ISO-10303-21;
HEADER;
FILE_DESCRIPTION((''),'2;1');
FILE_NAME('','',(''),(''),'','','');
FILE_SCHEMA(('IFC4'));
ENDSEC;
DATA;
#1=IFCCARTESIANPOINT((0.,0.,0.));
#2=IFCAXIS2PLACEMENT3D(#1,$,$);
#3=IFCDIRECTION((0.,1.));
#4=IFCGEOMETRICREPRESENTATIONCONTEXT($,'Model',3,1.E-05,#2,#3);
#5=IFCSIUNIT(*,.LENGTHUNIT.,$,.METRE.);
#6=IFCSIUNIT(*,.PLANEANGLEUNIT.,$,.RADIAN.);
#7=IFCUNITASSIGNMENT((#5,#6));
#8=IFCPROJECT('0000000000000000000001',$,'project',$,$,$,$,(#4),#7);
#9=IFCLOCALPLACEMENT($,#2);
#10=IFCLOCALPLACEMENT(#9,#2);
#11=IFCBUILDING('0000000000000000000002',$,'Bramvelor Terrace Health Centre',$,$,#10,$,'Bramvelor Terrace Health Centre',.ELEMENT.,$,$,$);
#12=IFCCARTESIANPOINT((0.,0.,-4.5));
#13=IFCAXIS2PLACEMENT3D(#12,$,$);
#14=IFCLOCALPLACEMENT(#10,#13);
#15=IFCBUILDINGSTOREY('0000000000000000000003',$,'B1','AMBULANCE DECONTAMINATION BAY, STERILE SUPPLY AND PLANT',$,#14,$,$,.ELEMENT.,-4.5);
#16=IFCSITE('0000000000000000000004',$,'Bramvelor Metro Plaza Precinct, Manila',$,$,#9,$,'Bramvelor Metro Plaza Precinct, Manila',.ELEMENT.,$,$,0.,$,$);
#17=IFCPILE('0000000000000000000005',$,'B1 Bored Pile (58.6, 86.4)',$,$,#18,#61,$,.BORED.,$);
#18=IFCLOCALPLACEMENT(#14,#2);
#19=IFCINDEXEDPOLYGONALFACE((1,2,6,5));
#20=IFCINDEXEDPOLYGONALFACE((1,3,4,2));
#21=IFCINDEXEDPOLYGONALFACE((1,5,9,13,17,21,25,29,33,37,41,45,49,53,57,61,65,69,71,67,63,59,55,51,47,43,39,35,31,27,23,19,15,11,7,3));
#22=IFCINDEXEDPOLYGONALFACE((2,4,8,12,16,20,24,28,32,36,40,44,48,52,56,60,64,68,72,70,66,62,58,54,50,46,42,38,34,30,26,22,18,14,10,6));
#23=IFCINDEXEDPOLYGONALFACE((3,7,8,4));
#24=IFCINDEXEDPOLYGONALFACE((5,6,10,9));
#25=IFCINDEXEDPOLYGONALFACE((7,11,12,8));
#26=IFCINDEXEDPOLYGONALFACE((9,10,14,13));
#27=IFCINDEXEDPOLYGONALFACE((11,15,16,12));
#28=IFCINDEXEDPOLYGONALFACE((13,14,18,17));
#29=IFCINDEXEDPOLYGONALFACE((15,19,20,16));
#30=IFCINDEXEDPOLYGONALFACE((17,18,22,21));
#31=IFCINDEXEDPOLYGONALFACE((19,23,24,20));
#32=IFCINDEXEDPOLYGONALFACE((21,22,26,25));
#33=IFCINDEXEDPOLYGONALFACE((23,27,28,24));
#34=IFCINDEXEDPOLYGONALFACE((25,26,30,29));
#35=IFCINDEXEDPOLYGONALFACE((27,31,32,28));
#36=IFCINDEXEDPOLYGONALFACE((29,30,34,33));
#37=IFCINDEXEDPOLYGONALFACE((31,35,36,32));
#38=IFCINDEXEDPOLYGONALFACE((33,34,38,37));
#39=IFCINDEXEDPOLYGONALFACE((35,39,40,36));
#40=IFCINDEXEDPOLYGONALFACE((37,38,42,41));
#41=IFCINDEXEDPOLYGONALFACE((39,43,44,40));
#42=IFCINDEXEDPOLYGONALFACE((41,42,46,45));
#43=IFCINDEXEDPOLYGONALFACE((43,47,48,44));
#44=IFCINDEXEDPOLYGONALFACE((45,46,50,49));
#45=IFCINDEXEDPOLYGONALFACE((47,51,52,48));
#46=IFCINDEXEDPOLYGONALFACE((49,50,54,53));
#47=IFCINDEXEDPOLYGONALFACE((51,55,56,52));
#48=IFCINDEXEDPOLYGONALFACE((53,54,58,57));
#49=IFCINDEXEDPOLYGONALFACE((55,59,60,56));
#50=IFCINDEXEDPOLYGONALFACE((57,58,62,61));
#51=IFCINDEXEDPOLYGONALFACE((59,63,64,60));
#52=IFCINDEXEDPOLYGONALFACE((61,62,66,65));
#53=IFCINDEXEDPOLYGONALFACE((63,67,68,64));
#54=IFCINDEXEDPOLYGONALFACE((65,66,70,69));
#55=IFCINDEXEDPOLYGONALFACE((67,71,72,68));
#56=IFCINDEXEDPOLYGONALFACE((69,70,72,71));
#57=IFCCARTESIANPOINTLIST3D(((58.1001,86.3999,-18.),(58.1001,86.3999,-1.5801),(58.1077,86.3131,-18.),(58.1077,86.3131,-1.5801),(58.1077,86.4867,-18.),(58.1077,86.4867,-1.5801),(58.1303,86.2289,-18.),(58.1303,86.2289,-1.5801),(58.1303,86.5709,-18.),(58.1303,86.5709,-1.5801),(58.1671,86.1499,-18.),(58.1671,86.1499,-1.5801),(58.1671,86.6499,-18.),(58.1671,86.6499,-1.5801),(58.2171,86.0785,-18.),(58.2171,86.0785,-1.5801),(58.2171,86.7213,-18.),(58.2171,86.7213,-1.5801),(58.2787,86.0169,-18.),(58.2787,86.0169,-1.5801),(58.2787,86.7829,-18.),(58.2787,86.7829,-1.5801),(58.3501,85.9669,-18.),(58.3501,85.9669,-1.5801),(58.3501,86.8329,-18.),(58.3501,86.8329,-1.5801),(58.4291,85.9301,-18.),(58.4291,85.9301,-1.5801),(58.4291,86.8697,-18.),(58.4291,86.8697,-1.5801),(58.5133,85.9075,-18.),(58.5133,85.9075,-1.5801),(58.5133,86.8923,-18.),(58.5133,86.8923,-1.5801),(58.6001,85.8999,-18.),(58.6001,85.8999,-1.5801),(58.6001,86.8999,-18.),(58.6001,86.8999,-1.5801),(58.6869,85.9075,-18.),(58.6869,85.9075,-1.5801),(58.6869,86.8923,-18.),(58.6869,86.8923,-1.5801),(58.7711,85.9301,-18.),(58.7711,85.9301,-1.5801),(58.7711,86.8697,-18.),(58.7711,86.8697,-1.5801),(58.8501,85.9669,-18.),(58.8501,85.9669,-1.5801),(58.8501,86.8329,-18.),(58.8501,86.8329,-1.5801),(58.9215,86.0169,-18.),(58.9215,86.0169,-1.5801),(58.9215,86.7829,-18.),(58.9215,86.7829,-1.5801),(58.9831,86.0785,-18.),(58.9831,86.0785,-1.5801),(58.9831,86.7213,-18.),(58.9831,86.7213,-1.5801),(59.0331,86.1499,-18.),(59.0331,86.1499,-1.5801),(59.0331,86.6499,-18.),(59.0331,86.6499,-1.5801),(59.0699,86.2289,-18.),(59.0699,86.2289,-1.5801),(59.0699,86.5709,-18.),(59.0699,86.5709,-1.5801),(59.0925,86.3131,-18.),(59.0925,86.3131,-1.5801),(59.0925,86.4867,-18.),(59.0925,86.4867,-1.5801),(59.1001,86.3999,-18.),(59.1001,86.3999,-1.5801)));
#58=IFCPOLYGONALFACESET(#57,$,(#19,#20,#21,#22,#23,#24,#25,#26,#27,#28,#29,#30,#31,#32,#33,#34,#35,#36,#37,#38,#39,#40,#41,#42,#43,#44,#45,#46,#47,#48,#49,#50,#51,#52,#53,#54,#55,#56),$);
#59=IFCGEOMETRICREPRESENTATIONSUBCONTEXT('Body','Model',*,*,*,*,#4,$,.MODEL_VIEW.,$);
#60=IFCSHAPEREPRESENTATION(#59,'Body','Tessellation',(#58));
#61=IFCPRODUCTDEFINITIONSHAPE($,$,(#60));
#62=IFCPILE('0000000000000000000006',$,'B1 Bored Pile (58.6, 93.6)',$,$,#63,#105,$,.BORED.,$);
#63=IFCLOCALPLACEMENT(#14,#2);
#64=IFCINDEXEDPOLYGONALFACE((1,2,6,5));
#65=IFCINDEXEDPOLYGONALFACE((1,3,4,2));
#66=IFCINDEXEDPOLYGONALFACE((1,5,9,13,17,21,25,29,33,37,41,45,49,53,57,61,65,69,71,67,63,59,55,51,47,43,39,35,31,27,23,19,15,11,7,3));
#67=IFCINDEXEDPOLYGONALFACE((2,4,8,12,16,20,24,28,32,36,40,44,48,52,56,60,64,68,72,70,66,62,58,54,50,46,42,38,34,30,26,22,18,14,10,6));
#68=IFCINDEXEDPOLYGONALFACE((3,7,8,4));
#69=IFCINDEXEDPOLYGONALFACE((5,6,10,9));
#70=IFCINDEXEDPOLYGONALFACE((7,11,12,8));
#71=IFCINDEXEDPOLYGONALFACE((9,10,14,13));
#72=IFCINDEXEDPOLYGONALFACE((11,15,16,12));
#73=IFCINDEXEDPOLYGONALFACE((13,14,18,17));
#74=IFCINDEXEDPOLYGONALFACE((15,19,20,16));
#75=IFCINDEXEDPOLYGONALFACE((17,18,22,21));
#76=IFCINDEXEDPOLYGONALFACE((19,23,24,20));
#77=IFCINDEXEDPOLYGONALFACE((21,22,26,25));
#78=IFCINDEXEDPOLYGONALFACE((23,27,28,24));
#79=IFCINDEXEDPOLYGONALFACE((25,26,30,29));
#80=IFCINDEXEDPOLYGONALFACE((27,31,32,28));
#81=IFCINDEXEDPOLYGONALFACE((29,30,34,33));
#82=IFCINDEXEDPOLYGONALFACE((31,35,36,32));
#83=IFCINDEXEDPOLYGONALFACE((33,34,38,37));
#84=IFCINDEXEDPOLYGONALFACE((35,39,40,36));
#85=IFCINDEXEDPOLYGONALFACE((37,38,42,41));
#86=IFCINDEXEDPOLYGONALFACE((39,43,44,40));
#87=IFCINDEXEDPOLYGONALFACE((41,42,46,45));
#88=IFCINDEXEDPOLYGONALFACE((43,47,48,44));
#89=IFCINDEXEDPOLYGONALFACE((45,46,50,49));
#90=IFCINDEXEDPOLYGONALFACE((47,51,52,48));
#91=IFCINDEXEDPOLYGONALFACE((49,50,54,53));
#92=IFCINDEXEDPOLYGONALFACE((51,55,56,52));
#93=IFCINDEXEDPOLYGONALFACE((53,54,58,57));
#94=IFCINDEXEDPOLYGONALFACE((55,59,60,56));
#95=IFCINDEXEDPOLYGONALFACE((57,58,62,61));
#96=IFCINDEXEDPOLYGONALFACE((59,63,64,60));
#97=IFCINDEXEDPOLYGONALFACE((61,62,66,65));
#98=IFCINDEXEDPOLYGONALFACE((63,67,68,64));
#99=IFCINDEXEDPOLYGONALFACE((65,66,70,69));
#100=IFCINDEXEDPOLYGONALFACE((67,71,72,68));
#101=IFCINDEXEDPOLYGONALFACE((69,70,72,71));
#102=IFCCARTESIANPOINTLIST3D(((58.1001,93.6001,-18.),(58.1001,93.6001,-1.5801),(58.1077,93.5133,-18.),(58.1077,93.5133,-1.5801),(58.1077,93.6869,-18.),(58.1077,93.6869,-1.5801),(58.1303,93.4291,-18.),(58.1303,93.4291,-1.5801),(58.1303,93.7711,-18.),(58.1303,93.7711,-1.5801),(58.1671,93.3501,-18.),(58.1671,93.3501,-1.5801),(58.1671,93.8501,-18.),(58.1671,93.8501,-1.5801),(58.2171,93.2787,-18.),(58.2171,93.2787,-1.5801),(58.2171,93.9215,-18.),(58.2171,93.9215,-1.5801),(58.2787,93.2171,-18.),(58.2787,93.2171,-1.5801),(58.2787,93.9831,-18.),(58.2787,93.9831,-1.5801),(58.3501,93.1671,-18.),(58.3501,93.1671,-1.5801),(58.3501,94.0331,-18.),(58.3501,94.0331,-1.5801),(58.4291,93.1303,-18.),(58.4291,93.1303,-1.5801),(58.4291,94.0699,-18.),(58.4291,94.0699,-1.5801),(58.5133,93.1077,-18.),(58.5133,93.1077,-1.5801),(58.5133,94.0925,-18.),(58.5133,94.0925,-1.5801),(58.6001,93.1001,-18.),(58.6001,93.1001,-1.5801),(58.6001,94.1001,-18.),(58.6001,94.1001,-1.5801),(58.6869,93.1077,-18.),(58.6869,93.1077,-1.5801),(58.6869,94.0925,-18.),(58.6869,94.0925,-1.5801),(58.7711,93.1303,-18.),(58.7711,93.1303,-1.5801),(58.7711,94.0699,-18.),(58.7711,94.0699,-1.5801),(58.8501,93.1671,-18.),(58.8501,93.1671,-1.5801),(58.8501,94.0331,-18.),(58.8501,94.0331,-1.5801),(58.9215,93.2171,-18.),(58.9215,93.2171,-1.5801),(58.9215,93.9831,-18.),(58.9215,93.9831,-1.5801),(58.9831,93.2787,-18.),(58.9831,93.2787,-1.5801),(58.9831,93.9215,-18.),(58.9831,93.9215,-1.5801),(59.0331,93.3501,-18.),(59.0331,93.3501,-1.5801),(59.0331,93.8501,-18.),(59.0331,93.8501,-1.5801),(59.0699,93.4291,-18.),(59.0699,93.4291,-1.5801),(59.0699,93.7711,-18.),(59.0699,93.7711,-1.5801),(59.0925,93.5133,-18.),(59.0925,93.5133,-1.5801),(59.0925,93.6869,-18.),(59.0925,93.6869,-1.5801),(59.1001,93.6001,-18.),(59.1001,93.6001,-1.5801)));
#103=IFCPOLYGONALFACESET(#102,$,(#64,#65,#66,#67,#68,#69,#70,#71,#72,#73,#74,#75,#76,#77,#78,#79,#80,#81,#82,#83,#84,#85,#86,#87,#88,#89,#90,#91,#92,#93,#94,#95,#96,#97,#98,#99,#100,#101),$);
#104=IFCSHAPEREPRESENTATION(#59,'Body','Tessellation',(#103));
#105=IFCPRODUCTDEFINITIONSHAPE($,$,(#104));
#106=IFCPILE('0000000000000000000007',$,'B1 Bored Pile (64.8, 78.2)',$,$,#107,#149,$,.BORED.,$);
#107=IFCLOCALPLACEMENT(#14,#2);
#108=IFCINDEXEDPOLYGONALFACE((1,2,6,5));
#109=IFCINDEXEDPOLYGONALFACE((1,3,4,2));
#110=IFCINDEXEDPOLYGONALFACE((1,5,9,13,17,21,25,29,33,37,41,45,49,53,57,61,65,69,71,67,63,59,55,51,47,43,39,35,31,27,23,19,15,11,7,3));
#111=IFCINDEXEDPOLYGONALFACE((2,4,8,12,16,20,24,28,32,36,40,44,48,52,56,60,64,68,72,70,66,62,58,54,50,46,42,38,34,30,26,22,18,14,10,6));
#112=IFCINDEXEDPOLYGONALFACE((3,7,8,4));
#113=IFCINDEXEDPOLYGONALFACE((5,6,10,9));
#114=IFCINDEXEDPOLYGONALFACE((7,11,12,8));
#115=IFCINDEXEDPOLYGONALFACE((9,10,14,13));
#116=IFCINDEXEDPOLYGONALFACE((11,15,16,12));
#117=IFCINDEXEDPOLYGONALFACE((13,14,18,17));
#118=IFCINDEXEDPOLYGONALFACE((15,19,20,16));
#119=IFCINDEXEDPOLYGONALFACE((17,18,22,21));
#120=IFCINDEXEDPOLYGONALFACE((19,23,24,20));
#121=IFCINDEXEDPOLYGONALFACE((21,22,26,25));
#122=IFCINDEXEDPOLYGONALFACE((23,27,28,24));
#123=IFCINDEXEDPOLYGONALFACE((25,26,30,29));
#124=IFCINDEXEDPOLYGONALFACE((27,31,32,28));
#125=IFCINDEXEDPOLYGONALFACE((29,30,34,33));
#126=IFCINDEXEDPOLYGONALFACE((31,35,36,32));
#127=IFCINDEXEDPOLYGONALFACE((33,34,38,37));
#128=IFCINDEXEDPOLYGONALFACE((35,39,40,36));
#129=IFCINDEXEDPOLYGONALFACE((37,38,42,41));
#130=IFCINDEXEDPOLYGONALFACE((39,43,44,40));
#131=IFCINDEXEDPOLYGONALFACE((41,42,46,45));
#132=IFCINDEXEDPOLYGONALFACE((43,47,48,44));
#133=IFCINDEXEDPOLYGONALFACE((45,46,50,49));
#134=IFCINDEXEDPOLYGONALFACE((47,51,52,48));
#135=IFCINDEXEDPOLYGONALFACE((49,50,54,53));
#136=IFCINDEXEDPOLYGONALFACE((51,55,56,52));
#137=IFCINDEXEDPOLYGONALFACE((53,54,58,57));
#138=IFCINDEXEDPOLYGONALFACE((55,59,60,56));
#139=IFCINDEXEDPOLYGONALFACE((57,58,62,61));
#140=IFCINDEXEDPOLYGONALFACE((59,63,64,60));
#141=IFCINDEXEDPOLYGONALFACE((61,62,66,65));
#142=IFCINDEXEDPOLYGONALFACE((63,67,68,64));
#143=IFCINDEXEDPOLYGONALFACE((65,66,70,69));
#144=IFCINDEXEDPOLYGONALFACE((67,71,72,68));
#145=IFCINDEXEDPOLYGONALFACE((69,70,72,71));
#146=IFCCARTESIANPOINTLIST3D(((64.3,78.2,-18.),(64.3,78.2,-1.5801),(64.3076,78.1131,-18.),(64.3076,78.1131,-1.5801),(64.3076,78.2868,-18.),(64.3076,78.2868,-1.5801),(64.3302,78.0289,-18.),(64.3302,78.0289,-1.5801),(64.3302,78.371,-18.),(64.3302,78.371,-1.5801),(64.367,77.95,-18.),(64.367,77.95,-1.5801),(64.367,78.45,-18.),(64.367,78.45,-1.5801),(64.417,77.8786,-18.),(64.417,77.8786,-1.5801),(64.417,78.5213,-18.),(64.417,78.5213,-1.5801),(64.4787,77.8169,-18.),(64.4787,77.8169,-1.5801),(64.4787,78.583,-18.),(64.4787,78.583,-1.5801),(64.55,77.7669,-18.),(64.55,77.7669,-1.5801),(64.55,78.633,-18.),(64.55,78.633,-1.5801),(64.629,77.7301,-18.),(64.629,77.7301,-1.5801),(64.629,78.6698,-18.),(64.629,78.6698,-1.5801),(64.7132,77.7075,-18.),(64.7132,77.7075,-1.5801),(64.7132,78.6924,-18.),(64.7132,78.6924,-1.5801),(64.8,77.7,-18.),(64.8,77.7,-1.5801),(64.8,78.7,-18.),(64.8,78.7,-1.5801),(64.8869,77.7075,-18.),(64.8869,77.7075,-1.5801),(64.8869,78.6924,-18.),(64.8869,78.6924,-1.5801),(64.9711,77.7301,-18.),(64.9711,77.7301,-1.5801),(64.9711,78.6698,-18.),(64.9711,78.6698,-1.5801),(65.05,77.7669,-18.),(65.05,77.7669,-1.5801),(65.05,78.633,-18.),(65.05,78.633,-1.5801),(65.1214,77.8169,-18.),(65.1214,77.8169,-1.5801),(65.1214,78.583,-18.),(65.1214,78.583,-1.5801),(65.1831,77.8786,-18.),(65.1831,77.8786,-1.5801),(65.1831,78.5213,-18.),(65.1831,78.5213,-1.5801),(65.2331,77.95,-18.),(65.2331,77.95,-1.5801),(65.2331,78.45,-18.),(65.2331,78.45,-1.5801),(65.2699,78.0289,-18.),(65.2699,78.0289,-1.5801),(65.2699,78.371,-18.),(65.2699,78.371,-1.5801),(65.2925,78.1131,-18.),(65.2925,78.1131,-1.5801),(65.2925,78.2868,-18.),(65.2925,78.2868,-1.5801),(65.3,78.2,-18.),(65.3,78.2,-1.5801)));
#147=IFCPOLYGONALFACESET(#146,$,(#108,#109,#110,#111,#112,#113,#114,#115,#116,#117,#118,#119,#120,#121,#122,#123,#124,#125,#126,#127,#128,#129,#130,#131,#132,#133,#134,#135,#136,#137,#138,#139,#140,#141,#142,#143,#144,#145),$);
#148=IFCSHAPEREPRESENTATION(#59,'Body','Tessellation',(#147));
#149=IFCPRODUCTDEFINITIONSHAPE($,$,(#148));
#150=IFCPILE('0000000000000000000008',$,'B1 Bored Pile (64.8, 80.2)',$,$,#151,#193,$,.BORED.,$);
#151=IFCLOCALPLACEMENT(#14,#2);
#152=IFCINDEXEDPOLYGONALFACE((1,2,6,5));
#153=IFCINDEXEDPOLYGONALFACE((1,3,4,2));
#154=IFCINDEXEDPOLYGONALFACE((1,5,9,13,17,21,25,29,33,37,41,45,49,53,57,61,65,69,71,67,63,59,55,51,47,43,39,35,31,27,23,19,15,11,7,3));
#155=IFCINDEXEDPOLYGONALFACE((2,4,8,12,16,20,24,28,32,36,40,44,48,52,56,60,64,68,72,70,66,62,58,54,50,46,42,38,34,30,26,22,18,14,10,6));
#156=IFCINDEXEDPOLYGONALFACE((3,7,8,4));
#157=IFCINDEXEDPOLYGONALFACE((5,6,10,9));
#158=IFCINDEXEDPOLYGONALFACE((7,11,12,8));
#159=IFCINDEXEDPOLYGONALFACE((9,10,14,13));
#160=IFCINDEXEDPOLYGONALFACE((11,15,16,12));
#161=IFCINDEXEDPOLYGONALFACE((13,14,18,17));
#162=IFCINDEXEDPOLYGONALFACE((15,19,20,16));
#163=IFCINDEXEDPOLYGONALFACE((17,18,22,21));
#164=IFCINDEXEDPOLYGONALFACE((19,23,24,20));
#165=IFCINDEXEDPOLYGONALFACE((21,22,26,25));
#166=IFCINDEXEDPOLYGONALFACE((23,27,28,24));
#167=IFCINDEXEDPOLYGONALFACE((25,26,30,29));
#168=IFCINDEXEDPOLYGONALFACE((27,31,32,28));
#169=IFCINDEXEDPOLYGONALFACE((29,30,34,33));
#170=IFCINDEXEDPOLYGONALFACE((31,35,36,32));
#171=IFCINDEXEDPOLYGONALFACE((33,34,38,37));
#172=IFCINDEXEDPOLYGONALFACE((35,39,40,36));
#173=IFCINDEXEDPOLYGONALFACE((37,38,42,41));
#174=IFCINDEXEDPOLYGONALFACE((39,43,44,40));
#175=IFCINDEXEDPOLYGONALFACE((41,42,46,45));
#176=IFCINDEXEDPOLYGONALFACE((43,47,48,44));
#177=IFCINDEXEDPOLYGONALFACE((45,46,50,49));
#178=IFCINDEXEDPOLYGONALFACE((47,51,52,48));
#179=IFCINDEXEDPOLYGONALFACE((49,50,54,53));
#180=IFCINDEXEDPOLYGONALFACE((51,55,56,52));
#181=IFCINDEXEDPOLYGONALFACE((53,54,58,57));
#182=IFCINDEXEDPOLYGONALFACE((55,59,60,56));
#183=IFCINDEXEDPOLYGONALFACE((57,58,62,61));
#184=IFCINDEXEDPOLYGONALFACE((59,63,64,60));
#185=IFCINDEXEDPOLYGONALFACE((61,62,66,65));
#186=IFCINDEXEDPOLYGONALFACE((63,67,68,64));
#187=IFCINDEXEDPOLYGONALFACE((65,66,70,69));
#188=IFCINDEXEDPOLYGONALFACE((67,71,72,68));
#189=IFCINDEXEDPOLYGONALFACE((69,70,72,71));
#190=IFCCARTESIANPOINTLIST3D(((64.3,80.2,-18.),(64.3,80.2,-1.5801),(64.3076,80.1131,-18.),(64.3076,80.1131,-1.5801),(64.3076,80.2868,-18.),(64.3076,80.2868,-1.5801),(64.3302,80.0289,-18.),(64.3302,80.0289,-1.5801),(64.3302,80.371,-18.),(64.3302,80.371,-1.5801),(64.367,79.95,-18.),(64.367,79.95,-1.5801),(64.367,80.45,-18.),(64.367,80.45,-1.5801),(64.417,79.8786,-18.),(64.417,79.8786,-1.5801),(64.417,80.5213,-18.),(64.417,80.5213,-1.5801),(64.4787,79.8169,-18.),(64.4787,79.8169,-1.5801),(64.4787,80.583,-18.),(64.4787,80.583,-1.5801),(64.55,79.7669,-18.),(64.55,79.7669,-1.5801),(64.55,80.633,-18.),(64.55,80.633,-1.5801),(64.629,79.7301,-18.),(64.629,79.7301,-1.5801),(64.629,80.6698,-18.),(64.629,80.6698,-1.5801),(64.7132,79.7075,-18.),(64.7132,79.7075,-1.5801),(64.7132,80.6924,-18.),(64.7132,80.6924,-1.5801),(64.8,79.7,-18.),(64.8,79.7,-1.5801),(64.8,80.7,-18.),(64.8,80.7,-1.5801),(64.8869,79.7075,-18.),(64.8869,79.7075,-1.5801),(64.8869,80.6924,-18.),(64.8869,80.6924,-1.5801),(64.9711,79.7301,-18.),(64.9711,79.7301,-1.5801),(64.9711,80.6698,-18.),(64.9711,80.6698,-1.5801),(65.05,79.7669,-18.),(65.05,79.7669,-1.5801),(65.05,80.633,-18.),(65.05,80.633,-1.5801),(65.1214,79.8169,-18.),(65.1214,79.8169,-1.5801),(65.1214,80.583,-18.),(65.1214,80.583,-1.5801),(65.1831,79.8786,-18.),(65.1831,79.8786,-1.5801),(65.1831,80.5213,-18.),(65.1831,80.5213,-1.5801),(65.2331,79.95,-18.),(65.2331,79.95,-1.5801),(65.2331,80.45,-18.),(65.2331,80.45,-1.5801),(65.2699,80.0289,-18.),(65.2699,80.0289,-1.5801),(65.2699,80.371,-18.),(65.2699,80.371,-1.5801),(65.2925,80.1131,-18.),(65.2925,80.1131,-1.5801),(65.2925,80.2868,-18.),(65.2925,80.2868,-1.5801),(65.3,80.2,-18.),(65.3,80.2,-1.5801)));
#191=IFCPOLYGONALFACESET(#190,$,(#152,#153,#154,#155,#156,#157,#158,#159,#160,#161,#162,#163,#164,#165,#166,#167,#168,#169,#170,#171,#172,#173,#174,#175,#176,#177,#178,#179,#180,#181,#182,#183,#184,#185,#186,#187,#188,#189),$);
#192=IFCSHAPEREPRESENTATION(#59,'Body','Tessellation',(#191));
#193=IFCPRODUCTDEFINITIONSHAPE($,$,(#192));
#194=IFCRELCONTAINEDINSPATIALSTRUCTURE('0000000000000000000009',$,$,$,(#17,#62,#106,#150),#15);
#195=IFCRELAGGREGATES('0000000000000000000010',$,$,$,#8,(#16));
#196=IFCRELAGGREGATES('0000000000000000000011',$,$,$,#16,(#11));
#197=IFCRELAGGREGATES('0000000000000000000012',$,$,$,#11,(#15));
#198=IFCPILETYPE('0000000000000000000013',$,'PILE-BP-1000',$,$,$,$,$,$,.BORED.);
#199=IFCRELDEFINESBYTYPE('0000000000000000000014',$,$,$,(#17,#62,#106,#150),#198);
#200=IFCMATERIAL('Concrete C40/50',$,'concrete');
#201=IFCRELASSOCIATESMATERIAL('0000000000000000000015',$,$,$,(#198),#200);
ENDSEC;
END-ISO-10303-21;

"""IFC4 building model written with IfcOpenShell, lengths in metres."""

from ifc_helpers import new_model, si_unit, direction, frame, origin, origin_2d, place, context, subcontext, project, spatial, circle, extrude, material, material_profile, profile_set, type_object, element, save


model = new_model("IFC4")

# Units and contexts
model_context = context("Model", 3, precision=1e-05, world=origin(), true_north=direction((0.0, 1.0)))
body_context = subcontext(model_context, "Body", "Model", "MODEL_VIEW")
ifc_project = project(units=[si_unit("LENGTHUNIT", "METRE"), si_unit("PLANEANGLEUNIT", "RADIAN")], contexts=[model_context])

# Site, building, storey
site_placement = place(None, origin())
site = spatial("IfcSite", under=ifc_project, at=site_placement, Name="Bramvelor Metro Plaza Precinct, Manila", LongName="Bramvelor Metro Plaza Precinct, Manila", CompositionType="ELEMENT", RefElevation=0.0)
building_placement = place(site_placement, origin())
building = spatial("IfcBuilding", under=site, at=building_placement, Name="Bramvelor Terrace Health Centre", LongName="Bramvelor Terrace Health Centre", CompositionType="ELEMENT")
storey_placement = place(building_placement, frame((0.0, 0.0, -4.5)))
storey = spatial("IfcBuildingStorey", under=building, at=storey_placement, Name="B1", Description="AMBULANCE DECONTAMINATION BAY, STERILE SUPPLY AND PLANT", CompositionType="ELEMENT", Elevation=-4.5)

# Piles
ifc_material_1 = material(Name="Concrete C40/50", Category="concrete")
ifc_material_profile_1 = material_profile(ifc_material_1, circle(Radius=0.5, at=origin_2d()), Name="BP D1000")
ifc_profile_set_1 = profile_set([ifc_material_profile_1], Name="Concrete C40/50")
pile_type = type_object("IfcPileType", Name="PILE-BP-1000", PredefinedType="BORED", material=ifc_profile_set_1)
for number, where, z_axis, x_axis, name in (
    (1, (58.6001, 86.3999, -1.5801), (0.0, 0.0, -1.0), (1.0, 0.0, 0.0), "B1 Bored Pile (58.6, 86.4)"),
    (2, (58.6001, 93.6001, -1.5801), (0.0, 0.0, -1.0), (1.0, 0.0, 0.0), "B1 Bored Pile (58.6, 93.6)"),
    (3, (64.8, 78.2, -1.5801), (0.0, 0.0, -1.0), (1.0, 0.0, 0.0), "B1 Bored Pile (64.8, 78.2)"),
    (4, (64.8, 80.2, -1.5801), (0.0, 0.0, -1.0), (1.0, 0.0, 0.0), "B1 Bored Pile (64.8, 80.2)"),
):
    element("IfcPile", number, at=place(storey_placement, frame(where, z_axis=z_axis, x_axis=x_axis)), inside=storey, type_object=pile_type, Name=name, PredefinedType="BORED", context=body_context, shape_type="SweptSolid", body=[
        extrude(circle(Radius=0.5, at=origin_2d()), origin(), (0.0, 0.0, 1.0), 16.4199),
    ])

save(model, "model.ifc")
